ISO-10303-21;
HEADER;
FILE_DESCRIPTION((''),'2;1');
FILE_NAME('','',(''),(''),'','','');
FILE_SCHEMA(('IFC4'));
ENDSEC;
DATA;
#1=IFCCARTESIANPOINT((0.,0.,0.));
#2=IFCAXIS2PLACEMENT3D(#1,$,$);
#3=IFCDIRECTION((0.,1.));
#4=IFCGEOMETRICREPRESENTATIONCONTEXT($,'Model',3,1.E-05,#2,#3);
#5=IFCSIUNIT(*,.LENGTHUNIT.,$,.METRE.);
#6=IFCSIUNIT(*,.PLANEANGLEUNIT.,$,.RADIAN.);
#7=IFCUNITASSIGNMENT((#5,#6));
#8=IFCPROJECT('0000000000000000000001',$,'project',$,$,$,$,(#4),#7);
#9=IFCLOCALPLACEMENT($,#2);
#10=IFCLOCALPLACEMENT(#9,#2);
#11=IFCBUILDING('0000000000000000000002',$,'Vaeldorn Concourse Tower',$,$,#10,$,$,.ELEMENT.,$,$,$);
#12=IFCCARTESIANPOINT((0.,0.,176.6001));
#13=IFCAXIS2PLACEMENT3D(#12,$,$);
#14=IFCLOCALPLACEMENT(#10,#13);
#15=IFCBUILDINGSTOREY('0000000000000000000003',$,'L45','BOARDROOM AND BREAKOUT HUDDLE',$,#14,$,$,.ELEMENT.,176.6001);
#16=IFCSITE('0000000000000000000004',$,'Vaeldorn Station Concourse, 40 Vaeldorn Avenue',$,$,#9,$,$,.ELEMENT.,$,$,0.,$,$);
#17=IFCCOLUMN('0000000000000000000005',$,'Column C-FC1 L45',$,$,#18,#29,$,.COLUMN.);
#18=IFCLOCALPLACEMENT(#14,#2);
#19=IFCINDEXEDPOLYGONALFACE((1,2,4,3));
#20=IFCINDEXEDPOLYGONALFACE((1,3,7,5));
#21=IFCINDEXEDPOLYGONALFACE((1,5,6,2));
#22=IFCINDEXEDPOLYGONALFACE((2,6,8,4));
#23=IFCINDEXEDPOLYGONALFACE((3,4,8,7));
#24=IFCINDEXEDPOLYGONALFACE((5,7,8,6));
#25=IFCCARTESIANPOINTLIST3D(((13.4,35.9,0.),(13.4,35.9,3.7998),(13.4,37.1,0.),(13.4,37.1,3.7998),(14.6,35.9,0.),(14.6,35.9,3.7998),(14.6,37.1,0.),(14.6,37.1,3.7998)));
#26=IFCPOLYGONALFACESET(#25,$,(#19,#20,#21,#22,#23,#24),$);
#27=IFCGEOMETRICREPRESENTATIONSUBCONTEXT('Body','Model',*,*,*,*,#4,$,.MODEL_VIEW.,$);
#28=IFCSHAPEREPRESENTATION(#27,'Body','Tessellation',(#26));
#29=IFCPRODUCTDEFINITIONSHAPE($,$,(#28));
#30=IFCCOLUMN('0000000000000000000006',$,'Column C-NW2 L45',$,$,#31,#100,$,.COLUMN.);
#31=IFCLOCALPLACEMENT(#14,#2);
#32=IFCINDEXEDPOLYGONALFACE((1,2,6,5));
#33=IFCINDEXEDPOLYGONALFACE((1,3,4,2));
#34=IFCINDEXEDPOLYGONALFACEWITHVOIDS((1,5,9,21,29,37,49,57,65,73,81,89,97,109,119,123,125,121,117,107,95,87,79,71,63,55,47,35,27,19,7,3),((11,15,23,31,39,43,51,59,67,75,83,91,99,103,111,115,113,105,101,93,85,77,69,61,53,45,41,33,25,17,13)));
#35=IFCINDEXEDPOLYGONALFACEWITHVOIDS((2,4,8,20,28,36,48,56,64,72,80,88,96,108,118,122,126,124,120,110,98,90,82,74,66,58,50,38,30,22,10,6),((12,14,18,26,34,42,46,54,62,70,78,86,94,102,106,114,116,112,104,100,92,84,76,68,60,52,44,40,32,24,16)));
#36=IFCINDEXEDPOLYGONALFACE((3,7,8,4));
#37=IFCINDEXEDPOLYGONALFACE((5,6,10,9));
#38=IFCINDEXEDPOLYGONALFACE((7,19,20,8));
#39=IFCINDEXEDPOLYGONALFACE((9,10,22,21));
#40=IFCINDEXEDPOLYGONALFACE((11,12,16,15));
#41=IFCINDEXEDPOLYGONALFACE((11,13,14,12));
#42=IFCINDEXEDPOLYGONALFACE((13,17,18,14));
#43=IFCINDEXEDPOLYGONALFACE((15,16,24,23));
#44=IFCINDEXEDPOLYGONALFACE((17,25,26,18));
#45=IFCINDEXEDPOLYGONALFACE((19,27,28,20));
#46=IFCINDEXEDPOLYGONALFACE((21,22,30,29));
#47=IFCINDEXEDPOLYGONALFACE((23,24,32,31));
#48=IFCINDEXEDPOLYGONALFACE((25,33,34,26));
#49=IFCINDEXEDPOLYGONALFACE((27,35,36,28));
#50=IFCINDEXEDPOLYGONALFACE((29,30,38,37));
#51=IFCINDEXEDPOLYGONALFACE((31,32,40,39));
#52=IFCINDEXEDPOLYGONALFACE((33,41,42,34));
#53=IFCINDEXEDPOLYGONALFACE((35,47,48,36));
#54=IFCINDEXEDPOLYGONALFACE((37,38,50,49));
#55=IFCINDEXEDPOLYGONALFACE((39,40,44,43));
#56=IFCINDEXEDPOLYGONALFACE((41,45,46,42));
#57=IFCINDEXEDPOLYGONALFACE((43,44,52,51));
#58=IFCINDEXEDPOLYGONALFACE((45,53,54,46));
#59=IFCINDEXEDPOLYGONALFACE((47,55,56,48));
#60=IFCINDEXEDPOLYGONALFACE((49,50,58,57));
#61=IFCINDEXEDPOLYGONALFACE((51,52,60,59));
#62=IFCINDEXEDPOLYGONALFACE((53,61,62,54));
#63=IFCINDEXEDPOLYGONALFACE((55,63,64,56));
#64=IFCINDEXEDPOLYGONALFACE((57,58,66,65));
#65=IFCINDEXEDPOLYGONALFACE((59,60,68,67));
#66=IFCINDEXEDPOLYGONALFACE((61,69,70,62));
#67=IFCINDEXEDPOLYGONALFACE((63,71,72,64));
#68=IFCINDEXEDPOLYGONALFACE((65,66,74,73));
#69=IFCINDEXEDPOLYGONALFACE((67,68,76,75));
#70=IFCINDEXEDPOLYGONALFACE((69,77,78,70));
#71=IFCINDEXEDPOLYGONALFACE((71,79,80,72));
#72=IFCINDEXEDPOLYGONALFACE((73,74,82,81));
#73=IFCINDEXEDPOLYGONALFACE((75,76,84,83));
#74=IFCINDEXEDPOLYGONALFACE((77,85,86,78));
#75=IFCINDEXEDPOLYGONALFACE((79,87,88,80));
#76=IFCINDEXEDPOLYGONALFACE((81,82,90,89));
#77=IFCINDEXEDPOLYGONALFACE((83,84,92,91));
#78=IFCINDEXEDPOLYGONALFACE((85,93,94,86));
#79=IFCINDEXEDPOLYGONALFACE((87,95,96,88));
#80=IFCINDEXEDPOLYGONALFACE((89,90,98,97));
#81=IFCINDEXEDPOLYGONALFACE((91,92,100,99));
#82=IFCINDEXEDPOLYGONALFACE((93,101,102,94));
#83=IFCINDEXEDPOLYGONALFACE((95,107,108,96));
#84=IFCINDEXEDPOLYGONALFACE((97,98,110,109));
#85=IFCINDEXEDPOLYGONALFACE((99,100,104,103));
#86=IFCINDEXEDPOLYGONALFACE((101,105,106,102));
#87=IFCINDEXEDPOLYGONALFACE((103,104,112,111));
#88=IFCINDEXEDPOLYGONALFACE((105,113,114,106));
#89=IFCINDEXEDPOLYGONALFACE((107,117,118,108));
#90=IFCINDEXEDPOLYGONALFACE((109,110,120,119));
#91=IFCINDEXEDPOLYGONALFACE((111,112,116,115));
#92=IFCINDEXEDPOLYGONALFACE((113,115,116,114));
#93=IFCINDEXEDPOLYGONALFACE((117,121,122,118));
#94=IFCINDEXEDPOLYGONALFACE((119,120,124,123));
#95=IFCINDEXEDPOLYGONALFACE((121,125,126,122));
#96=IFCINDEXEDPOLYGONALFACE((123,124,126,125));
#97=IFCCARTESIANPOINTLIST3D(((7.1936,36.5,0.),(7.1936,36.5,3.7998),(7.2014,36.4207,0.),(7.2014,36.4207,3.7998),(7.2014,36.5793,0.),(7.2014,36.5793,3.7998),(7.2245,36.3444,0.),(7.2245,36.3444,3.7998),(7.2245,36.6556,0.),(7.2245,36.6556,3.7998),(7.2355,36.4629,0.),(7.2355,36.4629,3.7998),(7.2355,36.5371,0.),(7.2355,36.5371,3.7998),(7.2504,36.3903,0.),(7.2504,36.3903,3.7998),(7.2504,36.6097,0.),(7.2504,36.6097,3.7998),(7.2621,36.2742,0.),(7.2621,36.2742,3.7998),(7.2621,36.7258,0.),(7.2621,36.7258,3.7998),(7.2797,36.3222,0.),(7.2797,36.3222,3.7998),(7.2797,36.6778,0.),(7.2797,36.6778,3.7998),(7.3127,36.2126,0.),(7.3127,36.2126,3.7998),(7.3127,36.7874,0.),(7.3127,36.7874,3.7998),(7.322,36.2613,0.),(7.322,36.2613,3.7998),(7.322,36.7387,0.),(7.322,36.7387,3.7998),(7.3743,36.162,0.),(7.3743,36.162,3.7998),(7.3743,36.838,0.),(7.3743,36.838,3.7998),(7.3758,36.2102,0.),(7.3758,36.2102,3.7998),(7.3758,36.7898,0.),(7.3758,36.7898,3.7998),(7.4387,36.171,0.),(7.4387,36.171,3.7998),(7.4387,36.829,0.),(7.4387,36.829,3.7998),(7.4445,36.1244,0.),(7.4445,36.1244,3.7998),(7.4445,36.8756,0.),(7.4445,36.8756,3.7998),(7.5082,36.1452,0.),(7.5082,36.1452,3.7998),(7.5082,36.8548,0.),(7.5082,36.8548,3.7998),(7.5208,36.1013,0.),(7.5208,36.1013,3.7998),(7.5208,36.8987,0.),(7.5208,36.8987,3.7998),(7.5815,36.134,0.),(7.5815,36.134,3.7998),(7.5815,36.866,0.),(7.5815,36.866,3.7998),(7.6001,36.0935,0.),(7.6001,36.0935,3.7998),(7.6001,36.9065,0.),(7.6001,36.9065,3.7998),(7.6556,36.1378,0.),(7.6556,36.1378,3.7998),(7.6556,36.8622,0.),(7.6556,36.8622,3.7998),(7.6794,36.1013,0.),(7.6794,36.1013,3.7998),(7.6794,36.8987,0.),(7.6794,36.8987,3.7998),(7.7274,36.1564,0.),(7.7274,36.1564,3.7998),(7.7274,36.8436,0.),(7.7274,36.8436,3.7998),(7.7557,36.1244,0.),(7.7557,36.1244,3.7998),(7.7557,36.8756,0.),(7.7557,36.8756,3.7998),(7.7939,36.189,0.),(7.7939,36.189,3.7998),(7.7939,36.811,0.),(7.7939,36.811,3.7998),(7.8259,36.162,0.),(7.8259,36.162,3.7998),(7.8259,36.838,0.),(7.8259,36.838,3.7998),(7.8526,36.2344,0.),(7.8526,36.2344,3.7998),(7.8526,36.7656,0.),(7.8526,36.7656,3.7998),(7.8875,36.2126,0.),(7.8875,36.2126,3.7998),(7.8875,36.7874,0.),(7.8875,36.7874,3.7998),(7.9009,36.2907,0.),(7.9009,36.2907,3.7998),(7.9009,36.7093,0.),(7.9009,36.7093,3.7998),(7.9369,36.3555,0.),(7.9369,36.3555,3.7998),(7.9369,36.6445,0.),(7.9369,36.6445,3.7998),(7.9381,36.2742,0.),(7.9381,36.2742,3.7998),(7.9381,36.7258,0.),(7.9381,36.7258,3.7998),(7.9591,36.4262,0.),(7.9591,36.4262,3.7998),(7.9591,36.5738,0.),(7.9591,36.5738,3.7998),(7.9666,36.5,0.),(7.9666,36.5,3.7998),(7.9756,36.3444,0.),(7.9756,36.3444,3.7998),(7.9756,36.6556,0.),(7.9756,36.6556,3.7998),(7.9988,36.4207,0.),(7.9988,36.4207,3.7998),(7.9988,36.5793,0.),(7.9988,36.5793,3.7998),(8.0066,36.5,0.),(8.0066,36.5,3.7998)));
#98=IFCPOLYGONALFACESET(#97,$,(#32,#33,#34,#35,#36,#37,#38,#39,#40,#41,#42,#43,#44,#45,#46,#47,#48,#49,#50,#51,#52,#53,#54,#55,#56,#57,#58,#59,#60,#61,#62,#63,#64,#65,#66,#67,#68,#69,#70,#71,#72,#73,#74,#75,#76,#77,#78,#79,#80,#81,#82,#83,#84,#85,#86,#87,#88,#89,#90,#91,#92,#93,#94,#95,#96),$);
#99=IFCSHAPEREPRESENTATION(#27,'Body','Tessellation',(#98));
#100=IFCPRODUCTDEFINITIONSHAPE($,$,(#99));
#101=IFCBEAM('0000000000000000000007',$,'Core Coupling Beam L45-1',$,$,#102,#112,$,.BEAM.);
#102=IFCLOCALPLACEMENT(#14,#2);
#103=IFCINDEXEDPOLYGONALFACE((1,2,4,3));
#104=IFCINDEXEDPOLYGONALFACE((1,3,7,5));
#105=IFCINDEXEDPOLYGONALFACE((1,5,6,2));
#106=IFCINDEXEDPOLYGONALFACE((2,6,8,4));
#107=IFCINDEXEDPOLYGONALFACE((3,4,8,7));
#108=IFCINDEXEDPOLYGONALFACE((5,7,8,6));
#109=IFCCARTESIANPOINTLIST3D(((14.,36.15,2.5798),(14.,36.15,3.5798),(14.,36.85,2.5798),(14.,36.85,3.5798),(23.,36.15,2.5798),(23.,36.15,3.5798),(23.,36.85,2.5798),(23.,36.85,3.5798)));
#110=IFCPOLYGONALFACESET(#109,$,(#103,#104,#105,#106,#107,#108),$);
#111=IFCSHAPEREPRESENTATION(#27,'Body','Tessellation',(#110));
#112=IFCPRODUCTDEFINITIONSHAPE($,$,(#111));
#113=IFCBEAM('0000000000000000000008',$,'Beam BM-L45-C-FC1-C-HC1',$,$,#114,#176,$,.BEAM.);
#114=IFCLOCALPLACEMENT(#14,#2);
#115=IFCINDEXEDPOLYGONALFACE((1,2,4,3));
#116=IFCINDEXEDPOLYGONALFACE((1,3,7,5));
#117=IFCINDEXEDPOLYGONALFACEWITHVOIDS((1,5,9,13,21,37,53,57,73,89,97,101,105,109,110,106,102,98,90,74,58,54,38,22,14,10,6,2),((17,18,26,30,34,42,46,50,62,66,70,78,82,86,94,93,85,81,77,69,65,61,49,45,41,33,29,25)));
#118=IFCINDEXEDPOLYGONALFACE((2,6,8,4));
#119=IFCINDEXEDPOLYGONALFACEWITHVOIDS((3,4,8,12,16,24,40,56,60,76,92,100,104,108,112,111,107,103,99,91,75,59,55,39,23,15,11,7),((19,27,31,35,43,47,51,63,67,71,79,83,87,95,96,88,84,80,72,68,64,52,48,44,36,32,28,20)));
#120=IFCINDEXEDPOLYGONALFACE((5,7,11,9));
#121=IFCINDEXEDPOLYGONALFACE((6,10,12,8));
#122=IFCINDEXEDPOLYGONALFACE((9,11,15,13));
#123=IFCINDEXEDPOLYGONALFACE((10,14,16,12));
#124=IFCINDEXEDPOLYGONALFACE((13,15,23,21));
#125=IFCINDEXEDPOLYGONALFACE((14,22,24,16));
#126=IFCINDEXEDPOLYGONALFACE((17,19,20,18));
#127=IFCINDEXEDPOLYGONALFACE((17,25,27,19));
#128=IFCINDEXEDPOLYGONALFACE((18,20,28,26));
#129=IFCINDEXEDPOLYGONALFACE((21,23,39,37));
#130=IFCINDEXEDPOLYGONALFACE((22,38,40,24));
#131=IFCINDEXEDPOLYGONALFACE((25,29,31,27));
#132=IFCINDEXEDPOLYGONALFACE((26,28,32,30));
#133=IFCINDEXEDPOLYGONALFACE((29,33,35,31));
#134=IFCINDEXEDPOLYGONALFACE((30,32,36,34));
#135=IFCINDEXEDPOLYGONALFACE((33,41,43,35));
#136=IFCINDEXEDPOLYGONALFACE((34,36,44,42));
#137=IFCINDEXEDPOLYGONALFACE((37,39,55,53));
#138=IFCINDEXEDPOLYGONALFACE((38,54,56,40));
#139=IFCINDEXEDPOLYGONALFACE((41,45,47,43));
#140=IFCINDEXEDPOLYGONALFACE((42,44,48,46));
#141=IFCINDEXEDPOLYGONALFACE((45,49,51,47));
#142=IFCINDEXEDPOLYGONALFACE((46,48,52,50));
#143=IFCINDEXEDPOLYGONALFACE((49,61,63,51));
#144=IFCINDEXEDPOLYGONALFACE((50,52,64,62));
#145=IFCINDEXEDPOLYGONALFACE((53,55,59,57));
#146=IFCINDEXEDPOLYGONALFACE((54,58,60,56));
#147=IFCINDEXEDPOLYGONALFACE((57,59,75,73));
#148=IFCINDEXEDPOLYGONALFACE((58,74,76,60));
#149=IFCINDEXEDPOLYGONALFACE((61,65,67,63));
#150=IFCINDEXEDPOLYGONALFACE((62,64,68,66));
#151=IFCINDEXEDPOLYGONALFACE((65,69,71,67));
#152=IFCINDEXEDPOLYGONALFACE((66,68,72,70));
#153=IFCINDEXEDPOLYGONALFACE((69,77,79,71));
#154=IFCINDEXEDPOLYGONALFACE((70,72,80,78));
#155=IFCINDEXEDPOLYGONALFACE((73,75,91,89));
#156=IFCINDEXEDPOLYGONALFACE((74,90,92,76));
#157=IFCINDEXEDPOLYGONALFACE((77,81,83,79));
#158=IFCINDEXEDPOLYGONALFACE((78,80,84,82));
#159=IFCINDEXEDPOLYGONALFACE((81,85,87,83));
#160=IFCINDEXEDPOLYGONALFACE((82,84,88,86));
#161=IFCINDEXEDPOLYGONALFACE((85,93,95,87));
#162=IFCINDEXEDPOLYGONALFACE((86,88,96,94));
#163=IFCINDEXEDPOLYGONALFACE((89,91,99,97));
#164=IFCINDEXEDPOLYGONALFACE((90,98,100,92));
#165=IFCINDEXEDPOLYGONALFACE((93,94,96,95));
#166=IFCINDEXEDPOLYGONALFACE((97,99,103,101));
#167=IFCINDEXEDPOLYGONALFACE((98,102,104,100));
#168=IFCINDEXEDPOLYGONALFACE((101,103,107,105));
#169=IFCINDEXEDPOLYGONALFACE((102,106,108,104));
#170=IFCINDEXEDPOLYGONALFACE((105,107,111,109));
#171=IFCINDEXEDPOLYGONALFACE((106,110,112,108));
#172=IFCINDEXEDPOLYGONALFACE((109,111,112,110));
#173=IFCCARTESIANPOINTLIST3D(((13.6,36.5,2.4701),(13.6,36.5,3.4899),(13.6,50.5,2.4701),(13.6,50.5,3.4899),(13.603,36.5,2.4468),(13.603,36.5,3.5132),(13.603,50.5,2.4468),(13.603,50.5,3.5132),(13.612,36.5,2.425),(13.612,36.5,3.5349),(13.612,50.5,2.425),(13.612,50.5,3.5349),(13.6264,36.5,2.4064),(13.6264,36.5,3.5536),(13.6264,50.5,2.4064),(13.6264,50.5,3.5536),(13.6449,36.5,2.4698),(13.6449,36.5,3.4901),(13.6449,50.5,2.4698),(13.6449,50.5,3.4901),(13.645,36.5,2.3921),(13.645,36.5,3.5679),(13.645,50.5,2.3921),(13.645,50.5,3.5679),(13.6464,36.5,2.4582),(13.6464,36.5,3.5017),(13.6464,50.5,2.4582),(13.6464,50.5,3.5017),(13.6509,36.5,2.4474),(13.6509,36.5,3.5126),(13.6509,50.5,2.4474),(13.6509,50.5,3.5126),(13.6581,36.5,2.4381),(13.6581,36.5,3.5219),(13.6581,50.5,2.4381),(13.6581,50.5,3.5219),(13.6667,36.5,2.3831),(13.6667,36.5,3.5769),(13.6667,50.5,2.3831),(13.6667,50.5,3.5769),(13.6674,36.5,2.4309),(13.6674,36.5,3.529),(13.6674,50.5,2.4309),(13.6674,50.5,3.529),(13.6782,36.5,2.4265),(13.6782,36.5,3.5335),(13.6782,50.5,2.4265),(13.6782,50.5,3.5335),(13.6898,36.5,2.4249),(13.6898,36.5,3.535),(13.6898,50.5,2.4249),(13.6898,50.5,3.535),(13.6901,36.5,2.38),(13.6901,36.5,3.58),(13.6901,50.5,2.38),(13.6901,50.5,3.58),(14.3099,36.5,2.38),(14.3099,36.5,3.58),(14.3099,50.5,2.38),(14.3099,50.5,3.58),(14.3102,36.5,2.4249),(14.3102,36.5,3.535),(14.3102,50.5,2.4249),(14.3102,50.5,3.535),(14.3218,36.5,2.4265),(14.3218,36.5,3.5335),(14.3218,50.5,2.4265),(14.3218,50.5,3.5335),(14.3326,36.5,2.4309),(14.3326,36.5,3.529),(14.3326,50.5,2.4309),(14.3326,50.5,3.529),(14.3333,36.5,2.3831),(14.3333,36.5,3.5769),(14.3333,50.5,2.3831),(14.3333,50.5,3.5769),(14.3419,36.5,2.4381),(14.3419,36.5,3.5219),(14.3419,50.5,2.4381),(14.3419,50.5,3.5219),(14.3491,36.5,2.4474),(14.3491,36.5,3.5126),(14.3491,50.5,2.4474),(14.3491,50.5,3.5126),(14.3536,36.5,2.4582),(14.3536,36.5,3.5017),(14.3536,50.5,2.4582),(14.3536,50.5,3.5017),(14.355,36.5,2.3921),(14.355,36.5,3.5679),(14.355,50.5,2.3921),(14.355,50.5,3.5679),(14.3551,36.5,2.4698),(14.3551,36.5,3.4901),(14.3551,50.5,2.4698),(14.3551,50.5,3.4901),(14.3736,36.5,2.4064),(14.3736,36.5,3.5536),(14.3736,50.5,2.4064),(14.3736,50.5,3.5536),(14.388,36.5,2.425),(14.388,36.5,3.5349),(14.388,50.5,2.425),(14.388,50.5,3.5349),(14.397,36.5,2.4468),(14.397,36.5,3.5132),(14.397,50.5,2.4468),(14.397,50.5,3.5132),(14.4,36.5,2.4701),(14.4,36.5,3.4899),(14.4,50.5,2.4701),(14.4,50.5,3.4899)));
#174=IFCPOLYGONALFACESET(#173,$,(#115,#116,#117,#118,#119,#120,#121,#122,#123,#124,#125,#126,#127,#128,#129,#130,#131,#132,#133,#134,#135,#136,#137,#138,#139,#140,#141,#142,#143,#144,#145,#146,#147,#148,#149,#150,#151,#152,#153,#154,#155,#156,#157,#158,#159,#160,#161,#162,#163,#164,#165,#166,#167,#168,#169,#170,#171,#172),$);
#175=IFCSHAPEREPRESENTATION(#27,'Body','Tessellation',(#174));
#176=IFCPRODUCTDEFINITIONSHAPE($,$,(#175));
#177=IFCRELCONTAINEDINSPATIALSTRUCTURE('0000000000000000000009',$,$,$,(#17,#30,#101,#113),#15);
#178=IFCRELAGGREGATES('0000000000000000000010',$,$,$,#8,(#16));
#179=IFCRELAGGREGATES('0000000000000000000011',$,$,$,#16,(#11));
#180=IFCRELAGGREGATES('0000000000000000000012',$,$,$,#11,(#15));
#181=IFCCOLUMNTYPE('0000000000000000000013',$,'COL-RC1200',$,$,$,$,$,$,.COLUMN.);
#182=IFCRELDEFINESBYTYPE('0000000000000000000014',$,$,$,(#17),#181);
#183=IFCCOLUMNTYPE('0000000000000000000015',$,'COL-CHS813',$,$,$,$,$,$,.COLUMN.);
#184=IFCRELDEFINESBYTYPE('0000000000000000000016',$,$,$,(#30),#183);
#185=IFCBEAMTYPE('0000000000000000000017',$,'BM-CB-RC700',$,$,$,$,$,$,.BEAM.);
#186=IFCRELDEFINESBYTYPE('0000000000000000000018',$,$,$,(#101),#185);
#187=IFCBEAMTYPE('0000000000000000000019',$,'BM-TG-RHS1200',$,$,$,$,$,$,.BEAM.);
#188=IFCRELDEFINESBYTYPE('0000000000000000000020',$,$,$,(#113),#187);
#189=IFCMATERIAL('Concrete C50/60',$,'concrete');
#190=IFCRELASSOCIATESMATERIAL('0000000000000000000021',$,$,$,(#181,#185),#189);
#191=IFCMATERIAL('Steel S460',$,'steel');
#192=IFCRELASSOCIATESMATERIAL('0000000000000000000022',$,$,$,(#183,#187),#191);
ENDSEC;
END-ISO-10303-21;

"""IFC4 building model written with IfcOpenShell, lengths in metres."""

from ifc_helpers import new_model, si_unit, direction, frame, origin, origin_2d, place, context, subcontext, project, spatial, rectangle, hollow_rectangle, hollow_circle, extrude, source, transform, mapped, material, material_profile, profile_set, type_object, element, save


model = new_model("IFC4")

# Units and contexts
model_context = context("Model", 3, precision=1e-05, world=origin(), true_north=direction((0.0, 1.0)))
body_context = subcontext(model_context, "Body", "Model", "MODEL_VIEW")
ifc_project = project(units=[si_unit("LENGTHUNIT", "METRE"), si_unit("PLANEANGLEUNIT", "RADIAN")], contexts=[model_context])

# Site, building, storey
site_placement = place(None, origin())
site = spatial("IfcSite", under=ifc_project, at=site_placement, Name="Vaeldorn Station Concourse, 40 Vaeldorn Avenue", CompositionType="ELEMENT", RefElevation=0.0)
building_placement = place(site_placement, origin())
building = spatial("IfcBuilding", under=site, at=building_placement, Name="Vaeldorn Concourse Tower", CompositionType="ELEMENT")
storey_placement = place(building_placement, frame((0.0, 0.0, 176.6001)))
storey = spatial("IfcBuildingStorey", under=building, at=storey_placement, Name="L45", Description="BOARDROOM AND BREAKOUT HUDDLE", CompositionType="ELEMENT", Elevation=176.6001)

# Columns
ifc_material_1 = material(Name="Concrete C50/60", Category="concrete")
ifc_material_profile_1 = material_profile(ifc_material_1, rectangle(XDim=1.2, YDim=1.2, at=origin_2d()), Name="RC 1200x1200")
ifc_profile_set_1 = profile_set([ifc_material_profile_1], Name="Concrete C50/60")
column_type_1 = type_object("IfcColumnType", Name="COL-RC1200", PredefinedType="COLUMN", material=ifc_profile_set_1)
shared_shape_1 = source(origin(), body_context, "Body", "SweptSolid", [
    extrude(rectangle(XDim=1.2, YDim=1.2, at=origin_2d()), origin(), (0.0, 0.0, 1.0), 3.7998),
])
column_1_placement = place(storey_placement, frame((14.0, 36.5, 0.0), z_axis=(0.0, 0.0, 1.0), x_axis=(1.0, 0.0, 0.0)))
element("IfcColumn", 1, at=column_1_placement, inside=storey, type_object=column_type_1, Name="Column C-FC1 L45", PredefinedType="COLUMN", context=body_context, shape_type="MappedRepresentation", body=[
    mapped(shared_shape_1, transform((0.0, 0.0, 0.0), scale=1.0)),
])
ifc_material_2 = material(Name="Steel S460", Category="steel")
ifc_material_profile_2 = material_profile(ifc_material_2, hollow_circle(Radius=0.4065, WallThickness=0.04, at=origin_2d()), Name="CHS 813x40")
ifc_profile_set_2 = profile_set([ifc_material_profile_2], Name="Steel S460")
column_type_2 = type_object("IfcColumnType", Name="COL-CHS813", PredefinedType="COLUMN", material=ifc_profile_set_2)
shared_shape_2 = source(origin(), body_context, "Body", "SweptSolid", [
    extrude(hollow_circle(Radius=0.4065, WallThickness=0.04, at=origin_2d()), origin(), (0.0, 0.0, 1.0), 3.7998),
])
column_2_placement = place(storey_placement, frame((7.6001, 36.5, 0.0), z_axis=(0.0, 0.0, 1.0), x_axis=(1.0, 0.0, 0.0)))
element("IfcColumn", 2, at=column_2_placement, inside=storey, type_object=column_type_2, Name="Column C-NW2 L45", PredefinedType="COLUMN", context=body_context, shape_type="MappedRepresentation", body=[
    mapped(shared_shape_2, transform((0.0, 0.0, 0.0), scale=1.0)),
])

# Beams
ifc_material_profile_3 = material_profile(ifc_material_1, rectangle(XDim=0.7, YDim=1.0, at=origin_2d()), Name="RC 700x1000")
ifc_profile_set_3 = profile_set([ifc_material_profile_3], Name="Concrete C50/60")
beam_type_1 = type_object("IfcBeamType", Name="BM-CB-RC700", PredefinedType="BEAM", material=ifc_profile_set_3)
shared_shape_3 = source(origin(), body_context, "Body", "SweptSolid", [
    extrude(rectangle(XDim=0.7, YDim=1.0, at=origin_2d()), origin(), (0.0, 0.0, 1.0), 9.0),
])
beam_1_placement = place(storey_placement, frame((14.0, 36.5, 3.0798), z_axis=(1.0, 0.0, 0.0), x_axis=(0.0, 1.0, 0.0)))
element("IfcBeam", 3, at=beam_1_placement, inside=storey, type_object=beam_type_1, Name="Core Coupling Beam L45-1", PredefinedType="BEAM", context=body_context, shape_type="MappedRepresentation", body=[
    mapped(shared_shape_3, transform((0.0, 0.0, 0.0), scale=1.0)),
])
ifc_material_profile_4 = material_profile(ifc_material_2, hollow_rectangle(XDim=0.8, YDim=1.2, WallThickness=0.0449, InnerFilletRadius=0.0449, OuterFilletRadius=0.0901, at=origin_2d()), Name="RHS 1200x800x45")
ifc_profile_set_4 = profile_set([ifc_material_profile_4], Name="Steel S460")
beam_type_2 = type_object("IfcBeamType", Name="BM-TG-RHS1200", PredefinedType="BEAM", material=ifc_profile_set_4)
shared_shape_4 = source(origin(), body_context, "Body", "SweptSolid", [
    extrude(hollow_rectangle(XDim=0.8, YDim=1.2, WallThickness=0.0449, InnerFilletRadius=0.0449, OuterFilletRadius=0.0901, at=origin_2d()), origin(), (0.0, 0.0, 1.0), 14.0),
])
beam_2_placement = place(storey_placement, frame((14.0, 36.5, 2.98), z_axis=(0.0, 1.0, 0.0), x_axis=(-1.0, 0.0, 0.0)))
element("IfcBeam", 4, at=beam_2_placement, inside=storey, type_object=beam_type_2, Name="Beam BM-L45-C-FC1-C-HC1", PredefinedType="BEAM", context=body_context, shape_type="MappedRepresentation", body=[
    mapped(shared_shape_4, transform((0.0, 0.0, 0.0), scale=1.0)),
])

save(model, "model.ifc")
